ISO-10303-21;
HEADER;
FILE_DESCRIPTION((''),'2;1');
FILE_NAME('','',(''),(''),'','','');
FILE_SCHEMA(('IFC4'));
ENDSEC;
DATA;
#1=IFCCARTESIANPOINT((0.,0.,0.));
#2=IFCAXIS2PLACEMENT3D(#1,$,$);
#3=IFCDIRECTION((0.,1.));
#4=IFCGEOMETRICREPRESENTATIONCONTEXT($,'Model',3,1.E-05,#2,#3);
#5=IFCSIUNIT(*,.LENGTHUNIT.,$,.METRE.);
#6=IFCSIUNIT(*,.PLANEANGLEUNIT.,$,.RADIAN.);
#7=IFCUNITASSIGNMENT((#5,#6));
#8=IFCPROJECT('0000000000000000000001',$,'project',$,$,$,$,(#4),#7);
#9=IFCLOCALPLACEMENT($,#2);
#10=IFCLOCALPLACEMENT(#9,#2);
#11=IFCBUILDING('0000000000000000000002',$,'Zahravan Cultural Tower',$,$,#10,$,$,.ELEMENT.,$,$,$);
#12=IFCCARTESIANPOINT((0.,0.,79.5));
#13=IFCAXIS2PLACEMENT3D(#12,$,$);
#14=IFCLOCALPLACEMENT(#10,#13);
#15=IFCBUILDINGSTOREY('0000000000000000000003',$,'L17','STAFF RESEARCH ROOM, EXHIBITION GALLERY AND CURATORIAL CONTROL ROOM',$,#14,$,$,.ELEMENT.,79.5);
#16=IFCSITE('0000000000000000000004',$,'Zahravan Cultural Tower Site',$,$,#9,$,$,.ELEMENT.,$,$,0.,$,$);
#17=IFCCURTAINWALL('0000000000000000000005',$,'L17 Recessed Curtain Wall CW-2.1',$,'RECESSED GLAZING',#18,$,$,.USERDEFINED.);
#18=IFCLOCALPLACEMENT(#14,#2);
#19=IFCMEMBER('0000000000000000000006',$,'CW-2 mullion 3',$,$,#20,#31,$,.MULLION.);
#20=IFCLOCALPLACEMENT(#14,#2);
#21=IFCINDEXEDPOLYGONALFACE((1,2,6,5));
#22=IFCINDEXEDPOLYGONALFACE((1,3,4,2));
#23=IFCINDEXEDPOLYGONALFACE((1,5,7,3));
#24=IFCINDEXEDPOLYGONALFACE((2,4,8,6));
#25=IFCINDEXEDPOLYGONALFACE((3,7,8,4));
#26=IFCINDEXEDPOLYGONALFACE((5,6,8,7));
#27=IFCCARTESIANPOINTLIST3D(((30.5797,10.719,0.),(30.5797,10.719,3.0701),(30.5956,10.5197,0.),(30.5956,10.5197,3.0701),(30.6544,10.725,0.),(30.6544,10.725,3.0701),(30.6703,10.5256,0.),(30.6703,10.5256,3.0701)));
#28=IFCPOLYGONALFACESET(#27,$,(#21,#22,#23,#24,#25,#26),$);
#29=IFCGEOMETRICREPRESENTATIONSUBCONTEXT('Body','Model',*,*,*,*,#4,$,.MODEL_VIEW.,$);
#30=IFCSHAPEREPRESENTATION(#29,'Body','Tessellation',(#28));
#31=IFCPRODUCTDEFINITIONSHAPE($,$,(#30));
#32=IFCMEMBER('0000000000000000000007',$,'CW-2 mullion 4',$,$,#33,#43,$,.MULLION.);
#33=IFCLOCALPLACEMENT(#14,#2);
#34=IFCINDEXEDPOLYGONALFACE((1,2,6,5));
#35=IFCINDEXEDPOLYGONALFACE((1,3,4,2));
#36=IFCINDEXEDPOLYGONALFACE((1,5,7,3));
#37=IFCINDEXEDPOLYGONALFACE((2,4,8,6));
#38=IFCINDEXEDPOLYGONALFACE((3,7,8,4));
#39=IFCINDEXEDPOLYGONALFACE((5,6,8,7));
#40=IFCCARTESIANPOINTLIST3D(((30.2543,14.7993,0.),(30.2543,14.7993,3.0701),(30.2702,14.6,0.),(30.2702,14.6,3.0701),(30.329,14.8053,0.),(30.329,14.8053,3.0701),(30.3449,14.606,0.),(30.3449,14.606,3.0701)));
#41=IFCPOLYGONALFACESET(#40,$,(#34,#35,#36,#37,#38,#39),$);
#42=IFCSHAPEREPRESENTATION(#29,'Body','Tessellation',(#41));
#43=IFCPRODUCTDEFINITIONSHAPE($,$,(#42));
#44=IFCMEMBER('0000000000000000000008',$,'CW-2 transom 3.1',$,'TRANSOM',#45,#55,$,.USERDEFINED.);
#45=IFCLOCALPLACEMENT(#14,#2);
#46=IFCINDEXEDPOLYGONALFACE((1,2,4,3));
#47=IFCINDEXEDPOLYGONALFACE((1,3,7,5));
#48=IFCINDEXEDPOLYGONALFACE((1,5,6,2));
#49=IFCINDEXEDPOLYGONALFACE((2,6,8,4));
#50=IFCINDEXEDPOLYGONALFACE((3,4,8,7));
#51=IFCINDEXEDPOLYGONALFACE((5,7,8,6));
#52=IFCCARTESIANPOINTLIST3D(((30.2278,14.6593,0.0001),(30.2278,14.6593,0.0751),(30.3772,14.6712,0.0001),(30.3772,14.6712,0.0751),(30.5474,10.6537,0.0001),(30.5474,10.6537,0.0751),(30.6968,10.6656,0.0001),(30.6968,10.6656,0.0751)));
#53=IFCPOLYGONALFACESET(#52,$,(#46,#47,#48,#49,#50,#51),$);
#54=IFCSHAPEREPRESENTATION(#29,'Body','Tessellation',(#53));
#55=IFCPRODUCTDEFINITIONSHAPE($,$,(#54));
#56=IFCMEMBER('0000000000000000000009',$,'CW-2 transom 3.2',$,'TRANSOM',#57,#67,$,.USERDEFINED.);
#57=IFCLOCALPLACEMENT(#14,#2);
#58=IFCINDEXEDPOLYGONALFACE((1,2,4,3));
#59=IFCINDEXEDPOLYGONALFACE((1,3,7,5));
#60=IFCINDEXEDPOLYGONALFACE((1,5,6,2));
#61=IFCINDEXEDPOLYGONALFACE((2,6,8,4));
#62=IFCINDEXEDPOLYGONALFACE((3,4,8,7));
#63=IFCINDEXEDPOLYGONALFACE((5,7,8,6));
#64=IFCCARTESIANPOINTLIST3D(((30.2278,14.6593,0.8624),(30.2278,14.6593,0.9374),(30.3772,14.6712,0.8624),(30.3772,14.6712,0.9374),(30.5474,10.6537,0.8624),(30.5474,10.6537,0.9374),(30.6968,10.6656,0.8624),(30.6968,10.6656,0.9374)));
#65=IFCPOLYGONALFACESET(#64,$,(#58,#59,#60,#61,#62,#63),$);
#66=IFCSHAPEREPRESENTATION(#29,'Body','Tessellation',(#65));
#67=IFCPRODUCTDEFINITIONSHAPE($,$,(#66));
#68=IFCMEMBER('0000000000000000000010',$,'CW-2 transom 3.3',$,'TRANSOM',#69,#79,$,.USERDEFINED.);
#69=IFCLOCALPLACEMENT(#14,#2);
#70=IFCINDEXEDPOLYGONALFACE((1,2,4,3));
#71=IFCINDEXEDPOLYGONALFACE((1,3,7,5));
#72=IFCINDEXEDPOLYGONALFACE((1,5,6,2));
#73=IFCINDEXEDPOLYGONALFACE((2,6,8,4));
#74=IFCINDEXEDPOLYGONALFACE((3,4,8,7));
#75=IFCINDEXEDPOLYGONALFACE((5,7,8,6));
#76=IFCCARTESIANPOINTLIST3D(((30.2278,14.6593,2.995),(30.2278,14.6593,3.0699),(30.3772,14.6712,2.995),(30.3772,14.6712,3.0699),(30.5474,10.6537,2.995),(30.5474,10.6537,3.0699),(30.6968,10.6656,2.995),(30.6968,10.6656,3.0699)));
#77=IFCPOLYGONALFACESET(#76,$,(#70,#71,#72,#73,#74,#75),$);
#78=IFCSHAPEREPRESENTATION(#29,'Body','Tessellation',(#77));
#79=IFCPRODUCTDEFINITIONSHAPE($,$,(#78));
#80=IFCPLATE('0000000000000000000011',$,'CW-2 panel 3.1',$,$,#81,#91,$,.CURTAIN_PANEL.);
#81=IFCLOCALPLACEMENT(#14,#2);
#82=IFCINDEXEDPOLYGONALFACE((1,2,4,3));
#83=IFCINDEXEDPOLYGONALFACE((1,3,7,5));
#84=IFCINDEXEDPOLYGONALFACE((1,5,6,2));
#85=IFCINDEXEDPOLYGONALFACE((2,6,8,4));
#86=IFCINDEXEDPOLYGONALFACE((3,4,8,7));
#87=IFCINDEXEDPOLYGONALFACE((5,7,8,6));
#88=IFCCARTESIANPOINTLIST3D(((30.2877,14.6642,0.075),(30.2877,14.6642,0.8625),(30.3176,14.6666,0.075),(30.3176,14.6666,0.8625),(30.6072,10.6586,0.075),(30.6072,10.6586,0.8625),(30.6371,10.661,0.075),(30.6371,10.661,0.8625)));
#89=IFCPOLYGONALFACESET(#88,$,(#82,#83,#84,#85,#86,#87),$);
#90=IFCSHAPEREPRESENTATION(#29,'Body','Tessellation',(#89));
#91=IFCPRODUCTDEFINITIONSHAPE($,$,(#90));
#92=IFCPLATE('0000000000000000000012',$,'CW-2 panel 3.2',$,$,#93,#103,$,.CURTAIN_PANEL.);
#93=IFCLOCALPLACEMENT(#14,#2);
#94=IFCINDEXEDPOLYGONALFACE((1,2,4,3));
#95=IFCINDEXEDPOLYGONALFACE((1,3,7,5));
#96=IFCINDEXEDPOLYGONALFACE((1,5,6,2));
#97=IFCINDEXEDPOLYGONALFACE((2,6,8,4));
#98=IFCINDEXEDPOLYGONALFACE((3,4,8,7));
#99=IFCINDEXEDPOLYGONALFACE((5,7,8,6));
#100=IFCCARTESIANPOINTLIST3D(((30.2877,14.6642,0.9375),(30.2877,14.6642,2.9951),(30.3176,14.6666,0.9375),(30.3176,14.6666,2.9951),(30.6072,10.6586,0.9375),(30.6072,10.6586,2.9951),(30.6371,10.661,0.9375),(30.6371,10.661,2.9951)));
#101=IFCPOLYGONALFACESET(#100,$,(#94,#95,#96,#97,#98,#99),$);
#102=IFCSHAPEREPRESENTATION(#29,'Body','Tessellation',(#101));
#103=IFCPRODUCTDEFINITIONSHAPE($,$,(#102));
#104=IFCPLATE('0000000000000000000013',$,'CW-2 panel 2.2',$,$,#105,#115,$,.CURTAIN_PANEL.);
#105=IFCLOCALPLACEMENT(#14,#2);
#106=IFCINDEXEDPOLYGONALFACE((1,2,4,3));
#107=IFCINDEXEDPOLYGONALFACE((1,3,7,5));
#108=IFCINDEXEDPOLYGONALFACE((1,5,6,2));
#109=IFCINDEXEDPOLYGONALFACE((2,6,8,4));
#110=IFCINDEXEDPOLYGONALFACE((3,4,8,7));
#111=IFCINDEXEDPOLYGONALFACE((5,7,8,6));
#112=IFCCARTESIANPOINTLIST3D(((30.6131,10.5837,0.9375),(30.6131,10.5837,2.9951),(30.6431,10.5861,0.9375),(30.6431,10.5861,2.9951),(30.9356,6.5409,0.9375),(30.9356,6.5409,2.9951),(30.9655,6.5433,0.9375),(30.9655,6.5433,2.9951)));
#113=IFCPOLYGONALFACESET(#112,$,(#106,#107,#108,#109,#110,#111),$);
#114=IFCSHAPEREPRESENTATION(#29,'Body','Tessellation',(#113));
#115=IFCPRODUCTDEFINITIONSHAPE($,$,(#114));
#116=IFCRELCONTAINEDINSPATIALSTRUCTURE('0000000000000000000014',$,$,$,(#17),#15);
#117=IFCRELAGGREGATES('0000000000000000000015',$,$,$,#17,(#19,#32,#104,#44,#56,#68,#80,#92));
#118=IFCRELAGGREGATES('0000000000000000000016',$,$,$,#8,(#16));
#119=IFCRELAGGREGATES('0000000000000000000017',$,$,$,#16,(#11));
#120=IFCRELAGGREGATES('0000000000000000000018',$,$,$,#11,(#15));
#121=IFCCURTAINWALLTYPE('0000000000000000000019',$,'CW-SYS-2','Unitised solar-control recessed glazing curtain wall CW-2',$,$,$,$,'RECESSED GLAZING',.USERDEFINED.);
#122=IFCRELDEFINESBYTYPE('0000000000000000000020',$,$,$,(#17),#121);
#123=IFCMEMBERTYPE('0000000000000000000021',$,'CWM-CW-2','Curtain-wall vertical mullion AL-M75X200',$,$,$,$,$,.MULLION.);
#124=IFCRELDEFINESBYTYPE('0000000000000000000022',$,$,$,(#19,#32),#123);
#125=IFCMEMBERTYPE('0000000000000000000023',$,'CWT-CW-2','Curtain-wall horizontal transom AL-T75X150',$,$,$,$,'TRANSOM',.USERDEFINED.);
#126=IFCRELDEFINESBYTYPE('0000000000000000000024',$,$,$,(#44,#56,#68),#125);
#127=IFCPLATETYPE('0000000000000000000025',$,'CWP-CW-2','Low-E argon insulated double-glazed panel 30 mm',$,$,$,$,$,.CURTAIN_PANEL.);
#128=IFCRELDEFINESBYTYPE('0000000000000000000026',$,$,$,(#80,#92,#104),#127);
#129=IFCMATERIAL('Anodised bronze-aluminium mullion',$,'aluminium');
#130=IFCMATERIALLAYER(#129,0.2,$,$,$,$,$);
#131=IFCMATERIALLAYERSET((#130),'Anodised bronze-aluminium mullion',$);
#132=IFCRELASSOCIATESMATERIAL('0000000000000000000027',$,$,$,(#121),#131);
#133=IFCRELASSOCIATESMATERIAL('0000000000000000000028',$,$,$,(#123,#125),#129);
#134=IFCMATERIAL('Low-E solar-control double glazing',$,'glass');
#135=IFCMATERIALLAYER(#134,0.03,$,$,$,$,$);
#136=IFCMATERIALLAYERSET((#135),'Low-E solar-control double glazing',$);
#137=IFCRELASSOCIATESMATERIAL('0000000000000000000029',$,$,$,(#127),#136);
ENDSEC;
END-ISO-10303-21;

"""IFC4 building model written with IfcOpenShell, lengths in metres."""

from ifc_helpers import new_model, si_unit, direction, frame, origin, origin_2d, place, context, subcontext, project, spatial, rectangle, extrude, source, transform, mapped, material, layer, layer_set, material_profile, profile_set, type_object, element, aggregate, save


model = new_model("IFC4")

# Units and contexts
model_context = context("Model", 3, precision=1e-05, world=origin(), true_north=direction((0.0, 1.0)))
body_context = subcontext(model_context, "Body", "Model", "MODEL_VIEW")
ifc_project = project(units=[si_unit("LENGTHUNIT", "METRE"), si_unit("PLANEANGLEUNIT", "RADIAN")], contexts=[model_context])

# Site, building, storey
site_placement = place(None, origin())
site = spatial("IfcSite", under=ifc_project, at=site_placement, Name="Zahravan Cultural Tower Site", CompositionType="ELEMENT", RefElevation=0.0)
building_placement = place(site_placement, origin())
building = spatial("IfcBuilding", under=site, at=building_placement, Name="Zahravan Cultural Tower", CompositionType="ELEMENT")
storey_placement = place(building_placement, frame((0.0, 0.0, 79.5)))
storey = spatial("IfcBuildingStorey", under=building, at=storey_placement, Name="L17", Description="STAFF RESEARCH ROOM, EXHIBITION GALLERY AND CURATORIAL CONTROL ROOM", CompositionType="ELEMENT", Elevation=79.5)

# Curtain wall, members, plates
ifc_material_1 = material(Name="Anodised bronze-aluminium mullion", Category="aluminium")
ifc_layer_1 = layer(ifc_material_1, 0.2)
ifc_layer_set_1 = layer_set([ifc_layer_1], Name="Anodised bronze-aluminium mullion")
curtain_wall_type = type_object("IfcCurtainWallType", Name="CW-SYS-2", Description="Unitised solar-control recessed glazing curtain wall CW-2", ElementType="RECESSED GLAZING", PredefinedType="USERDEFINED", material=ifc_layer_set_1)
curtain_wall_placement = place(storey_placement, origin())
curtain_wall = element("IfcCurtainWall", 1, at=curtain_wall_placement, inside=storey, type_object=curtain_wall_type, Name="L17 Recessed Curtain Wall CW-2.1", ObjectType="RECESSED GLAZING", PredefinedType="USERDEFINED")
ifc_material_profile_1 = material_profile(ifc_material_1, rectangle(XDim=0.075, YDim=0.2, at=origin_2d()), Name="AL-M75X200")
ifc_profile_set_1 = profile_set([ifc_material_profile_1], Name="Anodised bronze-aluminium mullion")
member_type_1 = type_object("IfcMemberType", Name="CWM-CW-2", Description="Curtain-wall vertical mullion AL-M75X200", PredefinedType="MULLION", material=ifc_profile_set_1)
shared_shape_1 = source(origin(), body_context, "Body", "SweptSolid", [
    extrude(rectangle(XDim=0.075, YDim=0.2, at=origin_2d()), origin(), (0.0, 0.0, 1.0), 3.0701),
])
member_1_placement = place(storey_placement, frame((30.625, 10.6223, 0.0), z_axis=(0.0, 0.0, 1.0), x_axis=(-0.996835, -0.079501, 0.0)))
member_1 = element("IfcMember", 2, at=member_1_placement, type_object=member_type_1, Name="CW-2 mullion 3", PredefinedType="MULLION", context=body_context, shape_type="MappedRepresentation", body=[
    mapped(shared_shape_1, transform((0.0, 0.0, 0.0), x_axis=(1.0, 0.0, 0.0), y_axis=(0.0, 1.0, 0.0), z_axis=(0.0, 0.0, 1.0), scale=1.0)),
])
member_2_placement = place(storey_placement, frame((30.2996, 14.7026, 0.0), z_axis=(0.0, 0.0, 1.0), x_axis=(-0.996835, -0.079501, 0.0)))
member_2 = element("IfcMember", 3, at=member_2_placement, type_object=member_type_1, Name="CW-2 mullion 4", PredefinedType="MULLION", context=body_context, shape_type="MappedRepresentation", body=[
    mapped(shared_shape_1, transform((0.0, 0.0, 0.0), x_axis=(1.0, 0.0, 0.0), y_axis=(0.0, 1.0, 0.0), z_axis=(0.0, 0.0, 1.0), scale=1.0)),
])
ifc_material_profile_2 = material_profile(ifc_material_1, rectangle(XDim=0.1499, YDim=0.075, at=origin_2d()), Name="AL-T75X150")
ifc_profile_set_2 = profile_set([ifc_material_profile_2], Name="Anodised bronze-aluminium mullion")
member_type_2 = type_object("IfcMemberType", Name="CWT-CW-2", Description="Curtain-wall horizontal transom AL-T75X150", ElementType="TRANSOM", PredefinedType="USERDEFINED", material=ifc_profile_set_2)
shared_shape_2 = source(origin(), body_context, "Body", "SweptSolid", [
    extrude(rectangle(XDim=0.1499, YDim=0.075, at=origin_2d()), origin(), (0.0, 0.0, 1.0), 4.0183),
])
member_3_placement = place(storey_placement, frame((30.6221, 10.6597, 0.0376), z_axis=(-0.07953, 0.996832, 0.0), x_axis=(-0.996832, -0.07953, 0.0)))
member_3 = element("IfcMember", 4, at=member_3_placement, type_object=member_type_2, Name="CW-2 transom 3.1", ObjectType="TRANSOM", PredefinedType="USERDEFINED", context=body_context, shape_type="MappedRepresentation", body=[
    mapped(shared_shape_2, transform((0.0, 0.0, 0.0), x_axis=(1.0, 0.0, 0.0), y_axis=(0.0, 1.0, 0.0), z_axis=(0.0, 0.0, 1.0), scale=1.0)),
])
member_4_placement = place(storey_placement, frame((30.6221, 10.6597, 0.8999), z_axis=(-0.07953, 0.996832, 0.0), x_axis=(-0.996832, -0.07953, 0.0)))
member_4 = element("IfcMember", 5, at=member_4_placement, type_object=member_type_2, Name="CW-2 transom 3.2", ObjectType="TRANSOM", PredefinedType="USERDEFINED", context=body_context, shape_type="MappedRepresentation", body=[
    mapped(shared_shape_2, transform((0.0, 0.0, 0.0), x_axis=(1.0, 0.0, 0.0), y_axis=(0.0, 1.0, 0.0), z_axis=(0.0, 0.0, 1.0), scale=1.0)),
])
member_5_placement = place(storey_placement, frame((30.6221, 10.6597, 3.0325), z_axis=(-0.07953, 0.996832, 0.0), x_axis=(-0.996832, -0.07953, 0.0)))
member_5 = element("IfcMember", 6, at=member_5_placement, type_object=member_type_2, Name="CW-2 transom 3.3", ObjectType="TRANSOM", PredefinedType="USERDEFINED", context=body_context, shape_type="MappedRepresentation", body=[
    mapped(shared_shape_2, transform((0.0, 0.0, 0.0), x_axis=(1.0, 0.0, 0.0), y_axis=(0.0, 1.0, 0.0), z_axis=(0.0, 0.0, 1.0), scale=1.0)),
])
ifc_material_2 = material(Name="Low-E solar-control double glazing", Category="glass")
ifc_layer_2 = layer(ifc_material_2, 0.03)
ifc_layer_set_2 = layer_set([ifc_layer_2], Name="Low-E solar-control double glazing")
plate_type = type_object("IfcPlateType", Name="CWP-CW-2", Description="Low-E argon insulated double-glazed panel 30 mm", PredefinedType="CURTAIN_PANEL", material=ifc_layer_set_2)
shared_shape_3 = source(origin(), body_context, "Body", "SweptSolid", [
    extrude(rectangle(XDim=4.0183, YDim=0.03, at=origin_2d()), origin(), (0.0, 0.0, 1.0), 0.7876),
])
plate_1_placement = place(storey_placement, frame((30.4624, 12.6626, 0.075), z_axis=(0.0, 0.0, 1.0), x_axis=(-0.079501, 0.996835, 0.0)))
plate_1 = element("IfcPlate", 7, at=plate_1_placement, type_object=plate_type, Name="CW-2 panel 3.1", PredefinedType="CURTAIN_PANEL", context=body_context, shape_type="MappedRepresentation", body=[
    mapped(shared_shape_3, transform((0.0, 0.0, 0.0), x_axis=(1.0, 0.0, 0.0), y_axis=(0.0, 1.0, 0.0), z_axis=(0.0, 0.0, 1.0), scale=1.0)),
])
shared_shape_4 = source(origin(), body_context, "Body", "SweptSolid", [
    extrude(rectangle(XDim=4.0183, YDim=0.03, at=origin_2d()), origin(), (0.0, 0.0, 1.0), 2.0576),
])
plate_2_placement = place(storey_placement, frame((30.4624, 12.6626, 0.9375), z_axis=(0.0, 0.0, 1.0), x_axis=(-0.079501, 0.996835, 0.0)))
plate_2 = element("IfcPlate", 8, at=plate_2_placement, type_object=plate_type, Name="CW-2 panel 3.2", PredefinedType="CURTAIN_PANEL", context=body_context, shape_type="MappedRepresentation", body=[
    mapped(shared_shape_4, transform((0.0, 0.0, 0.0), x_axis=(1.0, 0.0, 0.0), y_axis=(0.0, 1.0, 0.0), z_axis=(0.0, 0.0, 1.0), scale=1.0)),
])
shared_shape_5 = source(origin(), body_context, "Body", "SweptSolid", [
    extrude(rectangle(XDim=4.0557, YDim=0.03, at=origin_2d()), origin(), (0.0, 0.0, 1.0), 2.0576),
])
plate_3_placement = place(storey_placement, frame((30.7893, 8.5635, 0.9375), z_axis=(0.0, 0.0, 1.0), x_axis=(-0.079501, 0.996835, 0.0)))
plate_3 = element("IfcPlate", 9, at=plate_3_placement, type_object=plate_type, Name="CW-2 panel 2.2", PredefinedType="CURTAIN_PANEL", context=body_context, shape_type="MappedRepresentation", body=[
    mapped(shared_shape_5, transform((0.0, 0.0, 0.0), x_axis=(1.0, 0.0, 0.0), y_axis=(0.0, 1.0, 0.0), z_axis=(0.0, 0.0, 1.0), scale=1.0)),
])
aggregate(curtain_wall, [member_1, member_2, plate_3, member_3, member_4, member_5, plate_1, plate_2])

save(model, "model.ifc")
